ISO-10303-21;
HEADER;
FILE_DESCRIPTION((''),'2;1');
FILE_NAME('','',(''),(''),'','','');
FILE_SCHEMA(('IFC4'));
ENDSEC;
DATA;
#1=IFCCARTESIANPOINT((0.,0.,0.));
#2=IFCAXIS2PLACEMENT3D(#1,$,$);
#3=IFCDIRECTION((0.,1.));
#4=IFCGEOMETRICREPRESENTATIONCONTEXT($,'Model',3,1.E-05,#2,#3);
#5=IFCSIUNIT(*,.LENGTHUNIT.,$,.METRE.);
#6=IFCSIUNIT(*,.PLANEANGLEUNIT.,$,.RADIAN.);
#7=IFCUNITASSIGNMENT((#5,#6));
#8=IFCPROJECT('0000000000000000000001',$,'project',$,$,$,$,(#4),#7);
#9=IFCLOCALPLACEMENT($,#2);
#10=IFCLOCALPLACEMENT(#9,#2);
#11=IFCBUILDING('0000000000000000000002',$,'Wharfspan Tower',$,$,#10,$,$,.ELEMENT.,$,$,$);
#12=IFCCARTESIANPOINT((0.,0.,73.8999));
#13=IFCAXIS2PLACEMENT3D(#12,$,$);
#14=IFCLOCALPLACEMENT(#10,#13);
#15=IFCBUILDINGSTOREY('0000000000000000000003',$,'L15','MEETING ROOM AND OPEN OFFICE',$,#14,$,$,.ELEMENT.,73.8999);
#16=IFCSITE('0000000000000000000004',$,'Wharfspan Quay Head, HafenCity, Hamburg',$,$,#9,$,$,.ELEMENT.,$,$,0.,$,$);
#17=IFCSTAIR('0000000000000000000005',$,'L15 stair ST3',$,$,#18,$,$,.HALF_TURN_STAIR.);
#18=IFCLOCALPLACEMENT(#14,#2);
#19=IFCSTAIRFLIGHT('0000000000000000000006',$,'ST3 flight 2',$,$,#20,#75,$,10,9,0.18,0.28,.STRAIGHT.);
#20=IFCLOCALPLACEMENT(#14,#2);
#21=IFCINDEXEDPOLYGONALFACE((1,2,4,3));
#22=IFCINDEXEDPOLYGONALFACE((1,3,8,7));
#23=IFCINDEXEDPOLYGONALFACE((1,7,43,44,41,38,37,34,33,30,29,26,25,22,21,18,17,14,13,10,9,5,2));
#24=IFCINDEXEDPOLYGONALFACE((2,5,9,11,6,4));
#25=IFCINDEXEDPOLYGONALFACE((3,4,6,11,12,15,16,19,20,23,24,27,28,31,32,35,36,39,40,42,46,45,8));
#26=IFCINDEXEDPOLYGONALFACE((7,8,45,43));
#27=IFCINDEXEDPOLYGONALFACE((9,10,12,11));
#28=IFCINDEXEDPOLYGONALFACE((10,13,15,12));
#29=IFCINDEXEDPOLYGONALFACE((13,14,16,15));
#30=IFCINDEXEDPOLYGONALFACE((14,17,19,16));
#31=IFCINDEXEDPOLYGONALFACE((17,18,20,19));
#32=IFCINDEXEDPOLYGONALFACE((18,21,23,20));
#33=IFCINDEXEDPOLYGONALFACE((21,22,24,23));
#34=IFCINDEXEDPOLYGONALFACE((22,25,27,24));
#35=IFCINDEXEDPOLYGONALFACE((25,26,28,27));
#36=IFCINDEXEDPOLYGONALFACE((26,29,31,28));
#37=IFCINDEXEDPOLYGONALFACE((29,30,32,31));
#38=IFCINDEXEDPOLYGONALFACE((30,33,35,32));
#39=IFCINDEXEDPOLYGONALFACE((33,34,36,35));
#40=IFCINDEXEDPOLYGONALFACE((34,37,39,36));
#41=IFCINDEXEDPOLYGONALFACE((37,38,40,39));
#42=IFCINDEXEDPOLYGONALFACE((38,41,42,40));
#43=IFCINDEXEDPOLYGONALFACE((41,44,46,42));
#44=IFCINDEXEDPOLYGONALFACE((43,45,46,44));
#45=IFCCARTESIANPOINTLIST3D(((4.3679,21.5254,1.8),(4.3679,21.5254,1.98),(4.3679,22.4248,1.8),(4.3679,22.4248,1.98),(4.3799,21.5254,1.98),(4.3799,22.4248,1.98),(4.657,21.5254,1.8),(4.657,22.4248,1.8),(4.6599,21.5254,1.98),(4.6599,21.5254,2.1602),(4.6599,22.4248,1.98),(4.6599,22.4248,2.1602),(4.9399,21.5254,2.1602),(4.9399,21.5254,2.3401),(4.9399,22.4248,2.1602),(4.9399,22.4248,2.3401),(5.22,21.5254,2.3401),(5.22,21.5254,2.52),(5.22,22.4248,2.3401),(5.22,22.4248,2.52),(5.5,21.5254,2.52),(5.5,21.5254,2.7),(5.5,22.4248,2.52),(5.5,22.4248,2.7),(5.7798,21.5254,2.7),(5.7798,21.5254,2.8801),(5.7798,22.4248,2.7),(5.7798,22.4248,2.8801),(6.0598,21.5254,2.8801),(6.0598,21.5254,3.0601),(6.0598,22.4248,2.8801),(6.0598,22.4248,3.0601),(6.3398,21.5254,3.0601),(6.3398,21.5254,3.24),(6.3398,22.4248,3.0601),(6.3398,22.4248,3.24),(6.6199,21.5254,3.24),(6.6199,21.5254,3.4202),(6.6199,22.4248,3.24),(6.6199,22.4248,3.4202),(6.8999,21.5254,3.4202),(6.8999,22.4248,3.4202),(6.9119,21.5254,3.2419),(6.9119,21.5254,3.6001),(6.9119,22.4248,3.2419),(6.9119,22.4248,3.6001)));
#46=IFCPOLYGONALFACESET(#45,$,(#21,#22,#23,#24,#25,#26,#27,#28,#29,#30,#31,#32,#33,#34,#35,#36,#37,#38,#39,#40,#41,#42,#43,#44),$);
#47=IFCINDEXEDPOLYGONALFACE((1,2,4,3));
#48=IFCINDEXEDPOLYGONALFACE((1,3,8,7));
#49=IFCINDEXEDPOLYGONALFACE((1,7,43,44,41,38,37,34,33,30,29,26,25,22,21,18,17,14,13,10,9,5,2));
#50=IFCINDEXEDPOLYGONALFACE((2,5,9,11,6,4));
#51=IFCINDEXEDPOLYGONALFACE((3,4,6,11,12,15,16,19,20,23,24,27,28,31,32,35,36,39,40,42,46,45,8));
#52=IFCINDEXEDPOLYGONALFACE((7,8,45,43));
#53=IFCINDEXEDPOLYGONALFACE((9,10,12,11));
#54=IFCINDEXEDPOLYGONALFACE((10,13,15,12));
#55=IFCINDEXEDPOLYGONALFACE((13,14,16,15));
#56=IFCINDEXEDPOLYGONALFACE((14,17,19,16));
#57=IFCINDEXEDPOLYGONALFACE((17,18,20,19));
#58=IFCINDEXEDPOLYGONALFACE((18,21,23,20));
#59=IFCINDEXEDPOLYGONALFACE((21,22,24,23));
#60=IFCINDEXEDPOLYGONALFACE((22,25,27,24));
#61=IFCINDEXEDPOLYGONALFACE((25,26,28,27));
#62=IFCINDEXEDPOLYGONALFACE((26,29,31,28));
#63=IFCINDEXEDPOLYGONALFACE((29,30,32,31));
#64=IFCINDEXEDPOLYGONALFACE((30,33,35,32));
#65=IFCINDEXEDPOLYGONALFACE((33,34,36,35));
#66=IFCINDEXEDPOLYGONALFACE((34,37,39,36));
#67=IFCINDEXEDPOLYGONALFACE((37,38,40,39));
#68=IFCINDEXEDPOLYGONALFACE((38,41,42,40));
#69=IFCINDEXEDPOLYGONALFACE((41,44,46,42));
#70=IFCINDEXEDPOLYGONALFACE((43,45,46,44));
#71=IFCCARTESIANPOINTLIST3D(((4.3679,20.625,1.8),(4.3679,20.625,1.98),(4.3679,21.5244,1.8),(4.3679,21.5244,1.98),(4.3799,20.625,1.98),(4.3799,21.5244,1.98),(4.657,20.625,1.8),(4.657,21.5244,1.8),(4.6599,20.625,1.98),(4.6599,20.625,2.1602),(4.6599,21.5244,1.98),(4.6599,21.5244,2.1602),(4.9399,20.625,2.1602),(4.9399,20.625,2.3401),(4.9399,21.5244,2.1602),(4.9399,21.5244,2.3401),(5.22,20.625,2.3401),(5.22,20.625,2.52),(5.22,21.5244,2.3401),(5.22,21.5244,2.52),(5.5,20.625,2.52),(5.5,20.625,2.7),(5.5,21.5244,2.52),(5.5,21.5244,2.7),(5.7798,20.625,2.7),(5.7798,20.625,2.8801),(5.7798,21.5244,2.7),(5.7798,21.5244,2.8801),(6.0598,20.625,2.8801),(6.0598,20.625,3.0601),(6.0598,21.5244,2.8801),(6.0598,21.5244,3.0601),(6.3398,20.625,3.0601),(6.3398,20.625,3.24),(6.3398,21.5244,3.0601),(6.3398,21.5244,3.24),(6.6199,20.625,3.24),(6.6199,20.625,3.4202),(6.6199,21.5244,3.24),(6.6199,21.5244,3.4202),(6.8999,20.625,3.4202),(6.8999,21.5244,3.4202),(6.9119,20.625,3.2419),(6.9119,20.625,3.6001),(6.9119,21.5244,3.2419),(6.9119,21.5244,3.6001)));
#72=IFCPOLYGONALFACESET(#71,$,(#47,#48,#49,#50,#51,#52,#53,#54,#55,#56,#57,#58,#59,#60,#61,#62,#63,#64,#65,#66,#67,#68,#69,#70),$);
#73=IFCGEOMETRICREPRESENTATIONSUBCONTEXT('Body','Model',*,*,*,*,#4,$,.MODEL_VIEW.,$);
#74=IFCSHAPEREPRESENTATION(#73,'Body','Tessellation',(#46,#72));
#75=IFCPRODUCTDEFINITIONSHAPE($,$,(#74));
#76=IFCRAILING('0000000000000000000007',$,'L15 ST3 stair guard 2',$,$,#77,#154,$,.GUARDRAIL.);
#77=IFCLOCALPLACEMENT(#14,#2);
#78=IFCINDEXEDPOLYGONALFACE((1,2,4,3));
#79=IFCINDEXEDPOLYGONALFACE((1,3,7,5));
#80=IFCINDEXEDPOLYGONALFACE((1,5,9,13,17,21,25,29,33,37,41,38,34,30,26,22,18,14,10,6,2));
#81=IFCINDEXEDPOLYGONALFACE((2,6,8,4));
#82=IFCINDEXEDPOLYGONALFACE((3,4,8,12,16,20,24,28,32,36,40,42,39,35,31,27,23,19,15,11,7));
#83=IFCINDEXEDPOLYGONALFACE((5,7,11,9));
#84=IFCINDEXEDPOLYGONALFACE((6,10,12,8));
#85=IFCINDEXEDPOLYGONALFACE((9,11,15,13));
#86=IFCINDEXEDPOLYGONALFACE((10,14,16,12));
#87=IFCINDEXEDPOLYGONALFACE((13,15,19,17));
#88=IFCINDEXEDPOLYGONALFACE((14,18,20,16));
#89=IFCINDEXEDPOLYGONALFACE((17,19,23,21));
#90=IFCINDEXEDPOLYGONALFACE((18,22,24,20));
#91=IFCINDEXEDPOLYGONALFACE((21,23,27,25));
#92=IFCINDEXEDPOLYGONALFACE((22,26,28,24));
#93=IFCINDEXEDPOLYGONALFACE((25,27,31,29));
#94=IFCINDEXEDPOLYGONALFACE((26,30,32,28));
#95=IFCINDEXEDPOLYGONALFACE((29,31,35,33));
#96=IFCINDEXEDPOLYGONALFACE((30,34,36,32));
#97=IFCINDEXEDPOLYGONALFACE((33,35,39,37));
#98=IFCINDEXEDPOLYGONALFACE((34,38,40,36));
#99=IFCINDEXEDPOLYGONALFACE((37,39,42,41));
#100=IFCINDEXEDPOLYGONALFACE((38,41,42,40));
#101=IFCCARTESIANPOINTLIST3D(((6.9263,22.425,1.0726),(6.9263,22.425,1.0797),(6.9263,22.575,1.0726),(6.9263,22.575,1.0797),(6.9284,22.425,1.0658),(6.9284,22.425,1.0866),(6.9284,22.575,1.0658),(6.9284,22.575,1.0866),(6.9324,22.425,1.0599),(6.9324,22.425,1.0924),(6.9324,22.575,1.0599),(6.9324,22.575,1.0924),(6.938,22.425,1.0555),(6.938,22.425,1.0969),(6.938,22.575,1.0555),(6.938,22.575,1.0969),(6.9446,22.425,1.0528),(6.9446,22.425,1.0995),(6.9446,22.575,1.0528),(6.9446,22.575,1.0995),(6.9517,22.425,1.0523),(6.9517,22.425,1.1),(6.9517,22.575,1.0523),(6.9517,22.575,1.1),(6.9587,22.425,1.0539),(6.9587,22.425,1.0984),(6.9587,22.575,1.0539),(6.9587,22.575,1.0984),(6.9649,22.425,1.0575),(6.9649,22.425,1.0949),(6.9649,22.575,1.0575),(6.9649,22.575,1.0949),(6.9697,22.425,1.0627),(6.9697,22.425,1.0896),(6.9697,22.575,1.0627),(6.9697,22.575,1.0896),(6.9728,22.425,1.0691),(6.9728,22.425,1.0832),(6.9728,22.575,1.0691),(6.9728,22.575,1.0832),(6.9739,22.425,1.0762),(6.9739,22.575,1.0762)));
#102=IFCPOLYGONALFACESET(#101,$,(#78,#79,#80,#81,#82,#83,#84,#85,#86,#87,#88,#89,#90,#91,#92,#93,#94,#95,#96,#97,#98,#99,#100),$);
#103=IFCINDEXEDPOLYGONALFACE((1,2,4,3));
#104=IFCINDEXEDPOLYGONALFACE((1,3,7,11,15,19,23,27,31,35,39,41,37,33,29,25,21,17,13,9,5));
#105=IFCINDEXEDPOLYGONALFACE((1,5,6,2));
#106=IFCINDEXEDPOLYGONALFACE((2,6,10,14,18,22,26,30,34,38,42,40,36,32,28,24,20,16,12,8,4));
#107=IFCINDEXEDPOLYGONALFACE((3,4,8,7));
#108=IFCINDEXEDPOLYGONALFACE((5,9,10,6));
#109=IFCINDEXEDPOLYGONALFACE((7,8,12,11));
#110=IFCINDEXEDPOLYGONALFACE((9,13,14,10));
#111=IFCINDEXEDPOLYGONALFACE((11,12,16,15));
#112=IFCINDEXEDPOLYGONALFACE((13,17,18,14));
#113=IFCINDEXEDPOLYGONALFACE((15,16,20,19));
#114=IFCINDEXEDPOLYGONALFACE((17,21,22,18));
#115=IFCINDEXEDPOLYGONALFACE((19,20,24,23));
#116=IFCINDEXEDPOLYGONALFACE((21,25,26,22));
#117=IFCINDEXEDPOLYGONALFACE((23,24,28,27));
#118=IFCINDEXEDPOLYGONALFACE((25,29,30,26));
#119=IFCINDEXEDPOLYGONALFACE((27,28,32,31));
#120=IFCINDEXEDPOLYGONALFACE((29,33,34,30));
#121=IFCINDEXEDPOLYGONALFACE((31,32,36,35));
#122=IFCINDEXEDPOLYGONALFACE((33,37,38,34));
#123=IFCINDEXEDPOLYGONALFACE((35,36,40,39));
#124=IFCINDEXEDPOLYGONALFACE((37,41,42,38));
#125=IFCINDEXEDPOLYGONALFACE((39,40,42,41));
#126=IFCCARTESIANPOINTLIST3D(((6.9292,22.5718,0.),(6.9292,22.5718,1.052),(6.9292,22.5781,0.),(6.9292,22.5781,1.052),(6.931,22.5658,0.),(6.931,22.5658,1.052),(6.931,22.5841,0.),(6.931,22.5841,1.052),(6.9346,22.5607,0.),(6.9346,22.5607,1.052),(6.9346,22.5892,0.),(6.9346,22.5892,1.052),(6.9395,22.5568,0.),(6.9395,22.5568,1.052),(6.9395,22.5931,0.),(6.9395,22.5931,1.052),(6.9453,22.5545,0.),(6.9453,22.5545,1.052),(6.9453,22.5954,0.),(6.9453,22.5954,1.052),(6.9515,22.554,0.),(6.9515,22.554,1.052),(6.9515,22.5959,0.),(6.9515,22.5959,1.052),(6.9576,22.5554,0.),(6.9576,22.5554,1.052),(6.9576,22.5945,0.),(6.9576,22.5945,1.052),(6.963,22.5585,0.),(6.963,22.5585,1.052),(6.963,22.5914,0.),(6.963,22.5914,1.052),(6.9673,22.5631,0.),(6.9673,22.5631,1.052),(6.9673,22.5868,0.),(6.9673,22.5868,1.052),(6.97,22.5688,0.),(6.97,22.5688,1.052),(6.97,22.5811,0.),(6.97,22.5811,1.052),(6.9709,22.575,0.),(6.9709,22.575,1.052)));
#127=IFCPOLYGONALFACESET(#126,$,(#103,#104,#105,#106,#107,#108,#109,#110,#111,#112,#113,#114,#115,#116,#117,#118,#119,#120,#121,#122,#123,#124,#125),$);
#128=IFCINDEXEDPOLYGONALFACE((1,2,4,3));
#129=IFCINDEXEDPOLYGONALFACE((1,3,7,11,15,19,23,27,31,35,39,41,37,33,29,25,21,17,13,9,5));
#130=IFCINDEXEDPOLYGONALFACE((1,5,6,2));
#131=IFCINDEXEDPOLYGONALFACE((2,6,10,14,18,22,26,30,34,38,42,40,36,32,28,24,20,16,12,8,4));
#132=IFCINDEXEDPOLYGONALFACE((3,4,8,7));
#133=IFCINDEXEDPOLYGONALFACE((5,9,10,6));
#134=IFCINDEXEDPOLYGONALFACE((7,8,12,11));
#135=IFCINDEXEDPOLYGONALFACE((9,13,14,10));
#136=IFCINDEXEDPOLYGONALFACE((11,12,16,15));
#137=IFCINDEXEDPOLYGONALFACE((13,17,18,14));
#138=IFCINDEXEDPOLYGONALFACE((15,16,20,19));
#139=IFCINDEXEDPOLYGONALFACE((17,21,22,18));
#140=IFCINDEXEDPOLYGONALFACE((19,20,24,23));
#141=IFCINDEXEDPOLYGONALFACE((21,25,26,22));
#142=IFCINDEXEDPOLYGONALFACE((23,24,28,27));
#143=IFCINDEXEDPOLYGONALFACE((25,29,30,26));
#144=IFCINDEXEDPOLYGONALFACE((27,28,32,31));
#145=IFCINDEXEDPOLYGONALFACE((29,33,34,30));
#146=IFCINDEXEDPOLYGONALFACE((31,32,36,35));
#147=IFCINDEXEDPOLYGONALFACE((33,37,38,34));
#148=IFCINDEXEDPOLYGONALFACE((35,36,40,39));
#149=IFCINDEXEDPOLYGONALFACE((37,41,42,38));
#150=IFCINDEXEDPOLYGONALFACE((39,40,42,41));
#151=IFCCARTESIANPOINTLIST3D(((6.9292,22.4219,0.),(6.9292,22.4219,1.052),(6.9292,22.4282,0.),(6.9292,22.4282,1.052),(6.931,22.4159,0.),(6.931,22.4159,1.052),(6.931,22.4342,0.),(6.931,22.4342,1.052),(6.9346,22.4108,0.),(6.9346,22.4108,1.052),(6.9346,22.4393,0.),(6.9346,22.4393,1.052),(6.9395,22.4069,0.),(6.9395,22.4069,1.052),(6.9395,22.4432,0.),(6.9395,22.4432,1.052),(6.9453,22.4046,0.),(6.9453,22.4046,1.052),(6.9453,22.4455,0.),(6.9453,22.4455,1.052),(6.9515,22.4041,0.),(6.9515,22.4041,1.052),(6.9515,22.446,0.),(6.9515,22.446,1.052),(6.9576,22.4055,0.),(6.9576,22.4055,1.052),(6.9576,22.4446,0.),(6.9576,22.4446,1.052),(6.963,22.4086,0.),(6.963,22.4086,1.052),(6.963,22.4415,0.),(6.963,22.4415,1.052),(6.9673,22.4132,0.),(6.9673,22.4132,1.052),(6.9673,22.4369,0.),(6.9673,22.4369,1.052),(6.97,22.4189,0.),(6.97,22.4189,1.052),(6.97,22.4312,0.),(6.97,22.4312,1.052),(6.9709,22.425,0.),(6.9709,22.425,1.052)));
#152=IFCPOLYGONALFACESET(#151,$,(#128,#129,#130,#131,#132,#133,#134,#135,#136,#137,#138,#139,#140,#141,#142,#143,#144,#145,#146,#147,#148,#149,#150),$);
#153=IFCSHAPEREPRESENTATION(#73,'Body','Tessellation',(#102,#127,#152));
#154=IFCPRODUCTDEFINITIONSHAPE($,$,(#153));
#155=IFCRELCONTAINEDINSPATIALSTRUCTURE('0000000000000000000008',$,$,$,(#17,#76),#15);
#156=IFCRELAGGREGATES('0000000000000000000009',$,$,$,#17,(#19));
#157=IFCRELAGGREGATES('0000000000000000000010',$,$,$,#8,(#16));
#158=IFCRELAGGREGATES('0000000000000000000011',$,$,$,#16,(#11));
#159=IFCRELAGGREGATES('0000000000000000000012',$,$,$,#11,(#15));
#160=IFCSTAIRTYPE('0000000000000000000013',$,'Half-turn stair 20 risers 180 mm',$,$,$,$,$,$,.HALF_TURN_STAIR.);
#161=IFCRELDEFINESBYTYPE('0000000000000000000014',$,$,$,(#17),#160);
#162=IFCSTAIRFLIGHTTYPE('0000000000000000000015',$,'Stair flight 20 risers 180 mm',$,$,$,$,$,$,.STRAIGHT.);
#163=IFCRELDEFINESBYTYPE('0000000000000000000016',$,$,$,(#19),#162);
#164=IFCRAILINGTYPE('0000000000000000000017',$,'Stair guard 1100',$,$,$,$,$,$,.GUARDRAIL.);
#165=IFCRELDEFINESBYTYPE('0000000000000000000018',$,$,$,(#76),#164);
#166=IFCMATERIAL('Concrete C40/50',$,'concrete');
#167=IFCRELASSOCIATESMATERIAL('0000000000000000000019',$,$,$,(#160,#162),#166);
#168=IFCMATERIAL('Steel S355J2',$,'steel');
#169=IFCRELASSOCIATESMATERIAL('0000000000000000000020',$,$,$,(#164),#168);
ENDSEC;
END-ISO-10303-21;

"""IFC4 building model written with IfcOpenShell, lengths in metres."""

from ifc_helpers import new_model, si_unit, direction, frame, origin, origin_2d, place, context, subcontext, project, spatial, polyline, circle, outline, extrude, material, type_object, element, aggregate, save


model = new_model("IFC4")

# Units and contexts
model_context = context("Model", 3, precision=1e-05, world=origin(), true_north=direction((0.0, 1.0)))
body_context = subcontext(model_context, "Body", "Model", "MODEL_VIEW")
ifc_project = project(units=[si_unit("LENGTHUNIT", "METRE"), si_unit("PLANEANGLEUNIT", "RADIAN")], contexts=[model_context])

# Site, building, storey
site_placement = place(None, origin())
site = spatial("IfcSite", under=ifc_project, at=site_placement, Name="Wharfspan Quay Head, HafenCity, Hamburg", CompositionType="ELEMENT", RefElevation=0.0)
building_placement = place(site_placement, origin())
building = spatial("IfcBuilding", under=site, at=building_placement, Name="Wharfspan Tower", CompositionType="ELEMENT")
storey_placement = place(building_placement, frame((0.0, 0.0, 73.8999)))
storey = spatial("IfcBuildingStorey", under=building, at=storey_placement, Name="L15", Description="MEETING ROOM AND OPEN OFFICE", CompositionType="ELEMENT", Elevation=73.8999)

# Shared definitions
ifc_material_1 = material(Name="Steel S355J2", Category="steel")

# Shared definitions
ifc_material_2 = material(Name="Concrete C40/50", Category="concrete")

# Stair, stair flight
stair_type = type_object("IfcStairType", Name="Half-turn stair 20 risers 180 mm", PredefinedType="HALF_TURN_STAIR", material=ifc_material_2)
stair_placement = place(storey_placement, origin())
stair = element("IfcStair", 1, at=stair_placement, inside=storey, type_object=stair_type, Name="L15 stair ST3", PredefinedType="HALF_TURN_STAIR")
stair_flight_type = type_object("IfcStairFlightType", Name="Stair flight 20 risers 180 mm", PredefinedType="STRAIGHT", material=ifc_material_2)
stair_flight_1_placement = place(storey_placement, frame((4.3799, 21.5249, 1.8), z_axis=(0.0, 0.0, 1.0), x_axis=(1.0, 0.0, 0.0)))
stair_flight_1 = element("IfcStairFlight", 2, at=stair_flight_1_placement, type_object=stair_flight_type, Name="ST3 flight 2", NumberOfRisers=10, NumberOfTreads=9, PredefinedType="STRAIGHT", RiserHeight=0.18, TreadLength=0.28, context=body_context, shape_type="SweptSolid", body=[
    extrude(outline(polyline([(-0.012, 0.0), (-0.012, 0.1799), (0.0, 0.1799), (0.28, 0.1799), (0.28, 0.3601), (0.5601, 0.3601), (0.5601, 0.54), (0.8401, 0.54), (0.8401, 0.72), (1.1201, 0.72), (1.1201, 0.8999), (1.3999, 0.8999), (1.3999, 1.0801), (1.6799, 1.0801), (1.6799, 1.26), (1.96, 1.26), (1.96, 1.4399), (2.24, 1.4399), (2.24, 1.6201), (2.52, 1.6201), (2.532, 1.8), (2.532, 1.4419), (0.2771, 0.0), (-0.012, 0.0)])), frame((0.0, 0.8999, 0.0), z_axis=(0.0, -1.0, 0.0), x_axis=(1.0, 0.0, 0.0)), (0.0, 0.0, 1.0), 0.8994),
    extrude(outline(polyline([(-0.012, 0.0), (-0.012, 0.1799), (0.0, 0.1799), (0.28, 0.1799), (0.28, 0.3601), (0.5601, 0.3601), (0.5601, 0.54), (0.8401, 0.54), (0.8401, 0.72), (1.1201, 0.72), (1.1201, 0.8999), (1.3999, 0.8999), (1.3999, 1.0801), (1.6799, 1.0801), (1.6799, 1.26), (1.96, 1.26), (1.96, 1.4399), (2.24, 1.4399), (2.24, 1.6201), (2.52, 1.6201), (2.532, 1.8), (2.532, 1.4419), (0.2771, 0.0), (-0.012, 0.0)])), frame((0.0, -0.0005, 0.0), z_axis=(0.0, -1.0, 0.0), x_axis=(1.0, 0.0, 0.0)), (0.0, 0.0, 1.0), 0.8994),
])
aggregate(stair, [stair_flight_1])

# Railing
railing_type_1 = type_object("IfcRailingType", Name="Stair guard 1100", PredefinedType="GUARDRAIL", material=ifc_material_1)
railing_1_placement = place(storey_placement, frame((6.95, 22.575, 0.0)))
element("IfcRailing", 3, at=railing_1_placement, inside=storey, type_object=railing_type_1, Name="L15 ST3 stair guard 2", PredefinedType="GUARDRAIL", context=body_context, shape_type="SweptSolid", body=[
    extrude(circle(Radius=0.0239, at=origin_2d()), frame((0.0, 0.0, 1.0762), z_axis=(0.0, -1.0, 0.0), x_axis=(1.0, 0.0, 0.0)), (0.0, 0.0, 1.0), 0.1499),
    extrude(circle(Radius=0.021, at=origin_2d()), origin(), (0.0, 0.0, 1.0), 1.052),
    extrude(circle(Radius=0.021, at=origin_2d()), frame((0.0, -0.1499, 0.0)), (0.0, 0.0, 1.0), 1.052),
])

save(model, "model.ifc")
